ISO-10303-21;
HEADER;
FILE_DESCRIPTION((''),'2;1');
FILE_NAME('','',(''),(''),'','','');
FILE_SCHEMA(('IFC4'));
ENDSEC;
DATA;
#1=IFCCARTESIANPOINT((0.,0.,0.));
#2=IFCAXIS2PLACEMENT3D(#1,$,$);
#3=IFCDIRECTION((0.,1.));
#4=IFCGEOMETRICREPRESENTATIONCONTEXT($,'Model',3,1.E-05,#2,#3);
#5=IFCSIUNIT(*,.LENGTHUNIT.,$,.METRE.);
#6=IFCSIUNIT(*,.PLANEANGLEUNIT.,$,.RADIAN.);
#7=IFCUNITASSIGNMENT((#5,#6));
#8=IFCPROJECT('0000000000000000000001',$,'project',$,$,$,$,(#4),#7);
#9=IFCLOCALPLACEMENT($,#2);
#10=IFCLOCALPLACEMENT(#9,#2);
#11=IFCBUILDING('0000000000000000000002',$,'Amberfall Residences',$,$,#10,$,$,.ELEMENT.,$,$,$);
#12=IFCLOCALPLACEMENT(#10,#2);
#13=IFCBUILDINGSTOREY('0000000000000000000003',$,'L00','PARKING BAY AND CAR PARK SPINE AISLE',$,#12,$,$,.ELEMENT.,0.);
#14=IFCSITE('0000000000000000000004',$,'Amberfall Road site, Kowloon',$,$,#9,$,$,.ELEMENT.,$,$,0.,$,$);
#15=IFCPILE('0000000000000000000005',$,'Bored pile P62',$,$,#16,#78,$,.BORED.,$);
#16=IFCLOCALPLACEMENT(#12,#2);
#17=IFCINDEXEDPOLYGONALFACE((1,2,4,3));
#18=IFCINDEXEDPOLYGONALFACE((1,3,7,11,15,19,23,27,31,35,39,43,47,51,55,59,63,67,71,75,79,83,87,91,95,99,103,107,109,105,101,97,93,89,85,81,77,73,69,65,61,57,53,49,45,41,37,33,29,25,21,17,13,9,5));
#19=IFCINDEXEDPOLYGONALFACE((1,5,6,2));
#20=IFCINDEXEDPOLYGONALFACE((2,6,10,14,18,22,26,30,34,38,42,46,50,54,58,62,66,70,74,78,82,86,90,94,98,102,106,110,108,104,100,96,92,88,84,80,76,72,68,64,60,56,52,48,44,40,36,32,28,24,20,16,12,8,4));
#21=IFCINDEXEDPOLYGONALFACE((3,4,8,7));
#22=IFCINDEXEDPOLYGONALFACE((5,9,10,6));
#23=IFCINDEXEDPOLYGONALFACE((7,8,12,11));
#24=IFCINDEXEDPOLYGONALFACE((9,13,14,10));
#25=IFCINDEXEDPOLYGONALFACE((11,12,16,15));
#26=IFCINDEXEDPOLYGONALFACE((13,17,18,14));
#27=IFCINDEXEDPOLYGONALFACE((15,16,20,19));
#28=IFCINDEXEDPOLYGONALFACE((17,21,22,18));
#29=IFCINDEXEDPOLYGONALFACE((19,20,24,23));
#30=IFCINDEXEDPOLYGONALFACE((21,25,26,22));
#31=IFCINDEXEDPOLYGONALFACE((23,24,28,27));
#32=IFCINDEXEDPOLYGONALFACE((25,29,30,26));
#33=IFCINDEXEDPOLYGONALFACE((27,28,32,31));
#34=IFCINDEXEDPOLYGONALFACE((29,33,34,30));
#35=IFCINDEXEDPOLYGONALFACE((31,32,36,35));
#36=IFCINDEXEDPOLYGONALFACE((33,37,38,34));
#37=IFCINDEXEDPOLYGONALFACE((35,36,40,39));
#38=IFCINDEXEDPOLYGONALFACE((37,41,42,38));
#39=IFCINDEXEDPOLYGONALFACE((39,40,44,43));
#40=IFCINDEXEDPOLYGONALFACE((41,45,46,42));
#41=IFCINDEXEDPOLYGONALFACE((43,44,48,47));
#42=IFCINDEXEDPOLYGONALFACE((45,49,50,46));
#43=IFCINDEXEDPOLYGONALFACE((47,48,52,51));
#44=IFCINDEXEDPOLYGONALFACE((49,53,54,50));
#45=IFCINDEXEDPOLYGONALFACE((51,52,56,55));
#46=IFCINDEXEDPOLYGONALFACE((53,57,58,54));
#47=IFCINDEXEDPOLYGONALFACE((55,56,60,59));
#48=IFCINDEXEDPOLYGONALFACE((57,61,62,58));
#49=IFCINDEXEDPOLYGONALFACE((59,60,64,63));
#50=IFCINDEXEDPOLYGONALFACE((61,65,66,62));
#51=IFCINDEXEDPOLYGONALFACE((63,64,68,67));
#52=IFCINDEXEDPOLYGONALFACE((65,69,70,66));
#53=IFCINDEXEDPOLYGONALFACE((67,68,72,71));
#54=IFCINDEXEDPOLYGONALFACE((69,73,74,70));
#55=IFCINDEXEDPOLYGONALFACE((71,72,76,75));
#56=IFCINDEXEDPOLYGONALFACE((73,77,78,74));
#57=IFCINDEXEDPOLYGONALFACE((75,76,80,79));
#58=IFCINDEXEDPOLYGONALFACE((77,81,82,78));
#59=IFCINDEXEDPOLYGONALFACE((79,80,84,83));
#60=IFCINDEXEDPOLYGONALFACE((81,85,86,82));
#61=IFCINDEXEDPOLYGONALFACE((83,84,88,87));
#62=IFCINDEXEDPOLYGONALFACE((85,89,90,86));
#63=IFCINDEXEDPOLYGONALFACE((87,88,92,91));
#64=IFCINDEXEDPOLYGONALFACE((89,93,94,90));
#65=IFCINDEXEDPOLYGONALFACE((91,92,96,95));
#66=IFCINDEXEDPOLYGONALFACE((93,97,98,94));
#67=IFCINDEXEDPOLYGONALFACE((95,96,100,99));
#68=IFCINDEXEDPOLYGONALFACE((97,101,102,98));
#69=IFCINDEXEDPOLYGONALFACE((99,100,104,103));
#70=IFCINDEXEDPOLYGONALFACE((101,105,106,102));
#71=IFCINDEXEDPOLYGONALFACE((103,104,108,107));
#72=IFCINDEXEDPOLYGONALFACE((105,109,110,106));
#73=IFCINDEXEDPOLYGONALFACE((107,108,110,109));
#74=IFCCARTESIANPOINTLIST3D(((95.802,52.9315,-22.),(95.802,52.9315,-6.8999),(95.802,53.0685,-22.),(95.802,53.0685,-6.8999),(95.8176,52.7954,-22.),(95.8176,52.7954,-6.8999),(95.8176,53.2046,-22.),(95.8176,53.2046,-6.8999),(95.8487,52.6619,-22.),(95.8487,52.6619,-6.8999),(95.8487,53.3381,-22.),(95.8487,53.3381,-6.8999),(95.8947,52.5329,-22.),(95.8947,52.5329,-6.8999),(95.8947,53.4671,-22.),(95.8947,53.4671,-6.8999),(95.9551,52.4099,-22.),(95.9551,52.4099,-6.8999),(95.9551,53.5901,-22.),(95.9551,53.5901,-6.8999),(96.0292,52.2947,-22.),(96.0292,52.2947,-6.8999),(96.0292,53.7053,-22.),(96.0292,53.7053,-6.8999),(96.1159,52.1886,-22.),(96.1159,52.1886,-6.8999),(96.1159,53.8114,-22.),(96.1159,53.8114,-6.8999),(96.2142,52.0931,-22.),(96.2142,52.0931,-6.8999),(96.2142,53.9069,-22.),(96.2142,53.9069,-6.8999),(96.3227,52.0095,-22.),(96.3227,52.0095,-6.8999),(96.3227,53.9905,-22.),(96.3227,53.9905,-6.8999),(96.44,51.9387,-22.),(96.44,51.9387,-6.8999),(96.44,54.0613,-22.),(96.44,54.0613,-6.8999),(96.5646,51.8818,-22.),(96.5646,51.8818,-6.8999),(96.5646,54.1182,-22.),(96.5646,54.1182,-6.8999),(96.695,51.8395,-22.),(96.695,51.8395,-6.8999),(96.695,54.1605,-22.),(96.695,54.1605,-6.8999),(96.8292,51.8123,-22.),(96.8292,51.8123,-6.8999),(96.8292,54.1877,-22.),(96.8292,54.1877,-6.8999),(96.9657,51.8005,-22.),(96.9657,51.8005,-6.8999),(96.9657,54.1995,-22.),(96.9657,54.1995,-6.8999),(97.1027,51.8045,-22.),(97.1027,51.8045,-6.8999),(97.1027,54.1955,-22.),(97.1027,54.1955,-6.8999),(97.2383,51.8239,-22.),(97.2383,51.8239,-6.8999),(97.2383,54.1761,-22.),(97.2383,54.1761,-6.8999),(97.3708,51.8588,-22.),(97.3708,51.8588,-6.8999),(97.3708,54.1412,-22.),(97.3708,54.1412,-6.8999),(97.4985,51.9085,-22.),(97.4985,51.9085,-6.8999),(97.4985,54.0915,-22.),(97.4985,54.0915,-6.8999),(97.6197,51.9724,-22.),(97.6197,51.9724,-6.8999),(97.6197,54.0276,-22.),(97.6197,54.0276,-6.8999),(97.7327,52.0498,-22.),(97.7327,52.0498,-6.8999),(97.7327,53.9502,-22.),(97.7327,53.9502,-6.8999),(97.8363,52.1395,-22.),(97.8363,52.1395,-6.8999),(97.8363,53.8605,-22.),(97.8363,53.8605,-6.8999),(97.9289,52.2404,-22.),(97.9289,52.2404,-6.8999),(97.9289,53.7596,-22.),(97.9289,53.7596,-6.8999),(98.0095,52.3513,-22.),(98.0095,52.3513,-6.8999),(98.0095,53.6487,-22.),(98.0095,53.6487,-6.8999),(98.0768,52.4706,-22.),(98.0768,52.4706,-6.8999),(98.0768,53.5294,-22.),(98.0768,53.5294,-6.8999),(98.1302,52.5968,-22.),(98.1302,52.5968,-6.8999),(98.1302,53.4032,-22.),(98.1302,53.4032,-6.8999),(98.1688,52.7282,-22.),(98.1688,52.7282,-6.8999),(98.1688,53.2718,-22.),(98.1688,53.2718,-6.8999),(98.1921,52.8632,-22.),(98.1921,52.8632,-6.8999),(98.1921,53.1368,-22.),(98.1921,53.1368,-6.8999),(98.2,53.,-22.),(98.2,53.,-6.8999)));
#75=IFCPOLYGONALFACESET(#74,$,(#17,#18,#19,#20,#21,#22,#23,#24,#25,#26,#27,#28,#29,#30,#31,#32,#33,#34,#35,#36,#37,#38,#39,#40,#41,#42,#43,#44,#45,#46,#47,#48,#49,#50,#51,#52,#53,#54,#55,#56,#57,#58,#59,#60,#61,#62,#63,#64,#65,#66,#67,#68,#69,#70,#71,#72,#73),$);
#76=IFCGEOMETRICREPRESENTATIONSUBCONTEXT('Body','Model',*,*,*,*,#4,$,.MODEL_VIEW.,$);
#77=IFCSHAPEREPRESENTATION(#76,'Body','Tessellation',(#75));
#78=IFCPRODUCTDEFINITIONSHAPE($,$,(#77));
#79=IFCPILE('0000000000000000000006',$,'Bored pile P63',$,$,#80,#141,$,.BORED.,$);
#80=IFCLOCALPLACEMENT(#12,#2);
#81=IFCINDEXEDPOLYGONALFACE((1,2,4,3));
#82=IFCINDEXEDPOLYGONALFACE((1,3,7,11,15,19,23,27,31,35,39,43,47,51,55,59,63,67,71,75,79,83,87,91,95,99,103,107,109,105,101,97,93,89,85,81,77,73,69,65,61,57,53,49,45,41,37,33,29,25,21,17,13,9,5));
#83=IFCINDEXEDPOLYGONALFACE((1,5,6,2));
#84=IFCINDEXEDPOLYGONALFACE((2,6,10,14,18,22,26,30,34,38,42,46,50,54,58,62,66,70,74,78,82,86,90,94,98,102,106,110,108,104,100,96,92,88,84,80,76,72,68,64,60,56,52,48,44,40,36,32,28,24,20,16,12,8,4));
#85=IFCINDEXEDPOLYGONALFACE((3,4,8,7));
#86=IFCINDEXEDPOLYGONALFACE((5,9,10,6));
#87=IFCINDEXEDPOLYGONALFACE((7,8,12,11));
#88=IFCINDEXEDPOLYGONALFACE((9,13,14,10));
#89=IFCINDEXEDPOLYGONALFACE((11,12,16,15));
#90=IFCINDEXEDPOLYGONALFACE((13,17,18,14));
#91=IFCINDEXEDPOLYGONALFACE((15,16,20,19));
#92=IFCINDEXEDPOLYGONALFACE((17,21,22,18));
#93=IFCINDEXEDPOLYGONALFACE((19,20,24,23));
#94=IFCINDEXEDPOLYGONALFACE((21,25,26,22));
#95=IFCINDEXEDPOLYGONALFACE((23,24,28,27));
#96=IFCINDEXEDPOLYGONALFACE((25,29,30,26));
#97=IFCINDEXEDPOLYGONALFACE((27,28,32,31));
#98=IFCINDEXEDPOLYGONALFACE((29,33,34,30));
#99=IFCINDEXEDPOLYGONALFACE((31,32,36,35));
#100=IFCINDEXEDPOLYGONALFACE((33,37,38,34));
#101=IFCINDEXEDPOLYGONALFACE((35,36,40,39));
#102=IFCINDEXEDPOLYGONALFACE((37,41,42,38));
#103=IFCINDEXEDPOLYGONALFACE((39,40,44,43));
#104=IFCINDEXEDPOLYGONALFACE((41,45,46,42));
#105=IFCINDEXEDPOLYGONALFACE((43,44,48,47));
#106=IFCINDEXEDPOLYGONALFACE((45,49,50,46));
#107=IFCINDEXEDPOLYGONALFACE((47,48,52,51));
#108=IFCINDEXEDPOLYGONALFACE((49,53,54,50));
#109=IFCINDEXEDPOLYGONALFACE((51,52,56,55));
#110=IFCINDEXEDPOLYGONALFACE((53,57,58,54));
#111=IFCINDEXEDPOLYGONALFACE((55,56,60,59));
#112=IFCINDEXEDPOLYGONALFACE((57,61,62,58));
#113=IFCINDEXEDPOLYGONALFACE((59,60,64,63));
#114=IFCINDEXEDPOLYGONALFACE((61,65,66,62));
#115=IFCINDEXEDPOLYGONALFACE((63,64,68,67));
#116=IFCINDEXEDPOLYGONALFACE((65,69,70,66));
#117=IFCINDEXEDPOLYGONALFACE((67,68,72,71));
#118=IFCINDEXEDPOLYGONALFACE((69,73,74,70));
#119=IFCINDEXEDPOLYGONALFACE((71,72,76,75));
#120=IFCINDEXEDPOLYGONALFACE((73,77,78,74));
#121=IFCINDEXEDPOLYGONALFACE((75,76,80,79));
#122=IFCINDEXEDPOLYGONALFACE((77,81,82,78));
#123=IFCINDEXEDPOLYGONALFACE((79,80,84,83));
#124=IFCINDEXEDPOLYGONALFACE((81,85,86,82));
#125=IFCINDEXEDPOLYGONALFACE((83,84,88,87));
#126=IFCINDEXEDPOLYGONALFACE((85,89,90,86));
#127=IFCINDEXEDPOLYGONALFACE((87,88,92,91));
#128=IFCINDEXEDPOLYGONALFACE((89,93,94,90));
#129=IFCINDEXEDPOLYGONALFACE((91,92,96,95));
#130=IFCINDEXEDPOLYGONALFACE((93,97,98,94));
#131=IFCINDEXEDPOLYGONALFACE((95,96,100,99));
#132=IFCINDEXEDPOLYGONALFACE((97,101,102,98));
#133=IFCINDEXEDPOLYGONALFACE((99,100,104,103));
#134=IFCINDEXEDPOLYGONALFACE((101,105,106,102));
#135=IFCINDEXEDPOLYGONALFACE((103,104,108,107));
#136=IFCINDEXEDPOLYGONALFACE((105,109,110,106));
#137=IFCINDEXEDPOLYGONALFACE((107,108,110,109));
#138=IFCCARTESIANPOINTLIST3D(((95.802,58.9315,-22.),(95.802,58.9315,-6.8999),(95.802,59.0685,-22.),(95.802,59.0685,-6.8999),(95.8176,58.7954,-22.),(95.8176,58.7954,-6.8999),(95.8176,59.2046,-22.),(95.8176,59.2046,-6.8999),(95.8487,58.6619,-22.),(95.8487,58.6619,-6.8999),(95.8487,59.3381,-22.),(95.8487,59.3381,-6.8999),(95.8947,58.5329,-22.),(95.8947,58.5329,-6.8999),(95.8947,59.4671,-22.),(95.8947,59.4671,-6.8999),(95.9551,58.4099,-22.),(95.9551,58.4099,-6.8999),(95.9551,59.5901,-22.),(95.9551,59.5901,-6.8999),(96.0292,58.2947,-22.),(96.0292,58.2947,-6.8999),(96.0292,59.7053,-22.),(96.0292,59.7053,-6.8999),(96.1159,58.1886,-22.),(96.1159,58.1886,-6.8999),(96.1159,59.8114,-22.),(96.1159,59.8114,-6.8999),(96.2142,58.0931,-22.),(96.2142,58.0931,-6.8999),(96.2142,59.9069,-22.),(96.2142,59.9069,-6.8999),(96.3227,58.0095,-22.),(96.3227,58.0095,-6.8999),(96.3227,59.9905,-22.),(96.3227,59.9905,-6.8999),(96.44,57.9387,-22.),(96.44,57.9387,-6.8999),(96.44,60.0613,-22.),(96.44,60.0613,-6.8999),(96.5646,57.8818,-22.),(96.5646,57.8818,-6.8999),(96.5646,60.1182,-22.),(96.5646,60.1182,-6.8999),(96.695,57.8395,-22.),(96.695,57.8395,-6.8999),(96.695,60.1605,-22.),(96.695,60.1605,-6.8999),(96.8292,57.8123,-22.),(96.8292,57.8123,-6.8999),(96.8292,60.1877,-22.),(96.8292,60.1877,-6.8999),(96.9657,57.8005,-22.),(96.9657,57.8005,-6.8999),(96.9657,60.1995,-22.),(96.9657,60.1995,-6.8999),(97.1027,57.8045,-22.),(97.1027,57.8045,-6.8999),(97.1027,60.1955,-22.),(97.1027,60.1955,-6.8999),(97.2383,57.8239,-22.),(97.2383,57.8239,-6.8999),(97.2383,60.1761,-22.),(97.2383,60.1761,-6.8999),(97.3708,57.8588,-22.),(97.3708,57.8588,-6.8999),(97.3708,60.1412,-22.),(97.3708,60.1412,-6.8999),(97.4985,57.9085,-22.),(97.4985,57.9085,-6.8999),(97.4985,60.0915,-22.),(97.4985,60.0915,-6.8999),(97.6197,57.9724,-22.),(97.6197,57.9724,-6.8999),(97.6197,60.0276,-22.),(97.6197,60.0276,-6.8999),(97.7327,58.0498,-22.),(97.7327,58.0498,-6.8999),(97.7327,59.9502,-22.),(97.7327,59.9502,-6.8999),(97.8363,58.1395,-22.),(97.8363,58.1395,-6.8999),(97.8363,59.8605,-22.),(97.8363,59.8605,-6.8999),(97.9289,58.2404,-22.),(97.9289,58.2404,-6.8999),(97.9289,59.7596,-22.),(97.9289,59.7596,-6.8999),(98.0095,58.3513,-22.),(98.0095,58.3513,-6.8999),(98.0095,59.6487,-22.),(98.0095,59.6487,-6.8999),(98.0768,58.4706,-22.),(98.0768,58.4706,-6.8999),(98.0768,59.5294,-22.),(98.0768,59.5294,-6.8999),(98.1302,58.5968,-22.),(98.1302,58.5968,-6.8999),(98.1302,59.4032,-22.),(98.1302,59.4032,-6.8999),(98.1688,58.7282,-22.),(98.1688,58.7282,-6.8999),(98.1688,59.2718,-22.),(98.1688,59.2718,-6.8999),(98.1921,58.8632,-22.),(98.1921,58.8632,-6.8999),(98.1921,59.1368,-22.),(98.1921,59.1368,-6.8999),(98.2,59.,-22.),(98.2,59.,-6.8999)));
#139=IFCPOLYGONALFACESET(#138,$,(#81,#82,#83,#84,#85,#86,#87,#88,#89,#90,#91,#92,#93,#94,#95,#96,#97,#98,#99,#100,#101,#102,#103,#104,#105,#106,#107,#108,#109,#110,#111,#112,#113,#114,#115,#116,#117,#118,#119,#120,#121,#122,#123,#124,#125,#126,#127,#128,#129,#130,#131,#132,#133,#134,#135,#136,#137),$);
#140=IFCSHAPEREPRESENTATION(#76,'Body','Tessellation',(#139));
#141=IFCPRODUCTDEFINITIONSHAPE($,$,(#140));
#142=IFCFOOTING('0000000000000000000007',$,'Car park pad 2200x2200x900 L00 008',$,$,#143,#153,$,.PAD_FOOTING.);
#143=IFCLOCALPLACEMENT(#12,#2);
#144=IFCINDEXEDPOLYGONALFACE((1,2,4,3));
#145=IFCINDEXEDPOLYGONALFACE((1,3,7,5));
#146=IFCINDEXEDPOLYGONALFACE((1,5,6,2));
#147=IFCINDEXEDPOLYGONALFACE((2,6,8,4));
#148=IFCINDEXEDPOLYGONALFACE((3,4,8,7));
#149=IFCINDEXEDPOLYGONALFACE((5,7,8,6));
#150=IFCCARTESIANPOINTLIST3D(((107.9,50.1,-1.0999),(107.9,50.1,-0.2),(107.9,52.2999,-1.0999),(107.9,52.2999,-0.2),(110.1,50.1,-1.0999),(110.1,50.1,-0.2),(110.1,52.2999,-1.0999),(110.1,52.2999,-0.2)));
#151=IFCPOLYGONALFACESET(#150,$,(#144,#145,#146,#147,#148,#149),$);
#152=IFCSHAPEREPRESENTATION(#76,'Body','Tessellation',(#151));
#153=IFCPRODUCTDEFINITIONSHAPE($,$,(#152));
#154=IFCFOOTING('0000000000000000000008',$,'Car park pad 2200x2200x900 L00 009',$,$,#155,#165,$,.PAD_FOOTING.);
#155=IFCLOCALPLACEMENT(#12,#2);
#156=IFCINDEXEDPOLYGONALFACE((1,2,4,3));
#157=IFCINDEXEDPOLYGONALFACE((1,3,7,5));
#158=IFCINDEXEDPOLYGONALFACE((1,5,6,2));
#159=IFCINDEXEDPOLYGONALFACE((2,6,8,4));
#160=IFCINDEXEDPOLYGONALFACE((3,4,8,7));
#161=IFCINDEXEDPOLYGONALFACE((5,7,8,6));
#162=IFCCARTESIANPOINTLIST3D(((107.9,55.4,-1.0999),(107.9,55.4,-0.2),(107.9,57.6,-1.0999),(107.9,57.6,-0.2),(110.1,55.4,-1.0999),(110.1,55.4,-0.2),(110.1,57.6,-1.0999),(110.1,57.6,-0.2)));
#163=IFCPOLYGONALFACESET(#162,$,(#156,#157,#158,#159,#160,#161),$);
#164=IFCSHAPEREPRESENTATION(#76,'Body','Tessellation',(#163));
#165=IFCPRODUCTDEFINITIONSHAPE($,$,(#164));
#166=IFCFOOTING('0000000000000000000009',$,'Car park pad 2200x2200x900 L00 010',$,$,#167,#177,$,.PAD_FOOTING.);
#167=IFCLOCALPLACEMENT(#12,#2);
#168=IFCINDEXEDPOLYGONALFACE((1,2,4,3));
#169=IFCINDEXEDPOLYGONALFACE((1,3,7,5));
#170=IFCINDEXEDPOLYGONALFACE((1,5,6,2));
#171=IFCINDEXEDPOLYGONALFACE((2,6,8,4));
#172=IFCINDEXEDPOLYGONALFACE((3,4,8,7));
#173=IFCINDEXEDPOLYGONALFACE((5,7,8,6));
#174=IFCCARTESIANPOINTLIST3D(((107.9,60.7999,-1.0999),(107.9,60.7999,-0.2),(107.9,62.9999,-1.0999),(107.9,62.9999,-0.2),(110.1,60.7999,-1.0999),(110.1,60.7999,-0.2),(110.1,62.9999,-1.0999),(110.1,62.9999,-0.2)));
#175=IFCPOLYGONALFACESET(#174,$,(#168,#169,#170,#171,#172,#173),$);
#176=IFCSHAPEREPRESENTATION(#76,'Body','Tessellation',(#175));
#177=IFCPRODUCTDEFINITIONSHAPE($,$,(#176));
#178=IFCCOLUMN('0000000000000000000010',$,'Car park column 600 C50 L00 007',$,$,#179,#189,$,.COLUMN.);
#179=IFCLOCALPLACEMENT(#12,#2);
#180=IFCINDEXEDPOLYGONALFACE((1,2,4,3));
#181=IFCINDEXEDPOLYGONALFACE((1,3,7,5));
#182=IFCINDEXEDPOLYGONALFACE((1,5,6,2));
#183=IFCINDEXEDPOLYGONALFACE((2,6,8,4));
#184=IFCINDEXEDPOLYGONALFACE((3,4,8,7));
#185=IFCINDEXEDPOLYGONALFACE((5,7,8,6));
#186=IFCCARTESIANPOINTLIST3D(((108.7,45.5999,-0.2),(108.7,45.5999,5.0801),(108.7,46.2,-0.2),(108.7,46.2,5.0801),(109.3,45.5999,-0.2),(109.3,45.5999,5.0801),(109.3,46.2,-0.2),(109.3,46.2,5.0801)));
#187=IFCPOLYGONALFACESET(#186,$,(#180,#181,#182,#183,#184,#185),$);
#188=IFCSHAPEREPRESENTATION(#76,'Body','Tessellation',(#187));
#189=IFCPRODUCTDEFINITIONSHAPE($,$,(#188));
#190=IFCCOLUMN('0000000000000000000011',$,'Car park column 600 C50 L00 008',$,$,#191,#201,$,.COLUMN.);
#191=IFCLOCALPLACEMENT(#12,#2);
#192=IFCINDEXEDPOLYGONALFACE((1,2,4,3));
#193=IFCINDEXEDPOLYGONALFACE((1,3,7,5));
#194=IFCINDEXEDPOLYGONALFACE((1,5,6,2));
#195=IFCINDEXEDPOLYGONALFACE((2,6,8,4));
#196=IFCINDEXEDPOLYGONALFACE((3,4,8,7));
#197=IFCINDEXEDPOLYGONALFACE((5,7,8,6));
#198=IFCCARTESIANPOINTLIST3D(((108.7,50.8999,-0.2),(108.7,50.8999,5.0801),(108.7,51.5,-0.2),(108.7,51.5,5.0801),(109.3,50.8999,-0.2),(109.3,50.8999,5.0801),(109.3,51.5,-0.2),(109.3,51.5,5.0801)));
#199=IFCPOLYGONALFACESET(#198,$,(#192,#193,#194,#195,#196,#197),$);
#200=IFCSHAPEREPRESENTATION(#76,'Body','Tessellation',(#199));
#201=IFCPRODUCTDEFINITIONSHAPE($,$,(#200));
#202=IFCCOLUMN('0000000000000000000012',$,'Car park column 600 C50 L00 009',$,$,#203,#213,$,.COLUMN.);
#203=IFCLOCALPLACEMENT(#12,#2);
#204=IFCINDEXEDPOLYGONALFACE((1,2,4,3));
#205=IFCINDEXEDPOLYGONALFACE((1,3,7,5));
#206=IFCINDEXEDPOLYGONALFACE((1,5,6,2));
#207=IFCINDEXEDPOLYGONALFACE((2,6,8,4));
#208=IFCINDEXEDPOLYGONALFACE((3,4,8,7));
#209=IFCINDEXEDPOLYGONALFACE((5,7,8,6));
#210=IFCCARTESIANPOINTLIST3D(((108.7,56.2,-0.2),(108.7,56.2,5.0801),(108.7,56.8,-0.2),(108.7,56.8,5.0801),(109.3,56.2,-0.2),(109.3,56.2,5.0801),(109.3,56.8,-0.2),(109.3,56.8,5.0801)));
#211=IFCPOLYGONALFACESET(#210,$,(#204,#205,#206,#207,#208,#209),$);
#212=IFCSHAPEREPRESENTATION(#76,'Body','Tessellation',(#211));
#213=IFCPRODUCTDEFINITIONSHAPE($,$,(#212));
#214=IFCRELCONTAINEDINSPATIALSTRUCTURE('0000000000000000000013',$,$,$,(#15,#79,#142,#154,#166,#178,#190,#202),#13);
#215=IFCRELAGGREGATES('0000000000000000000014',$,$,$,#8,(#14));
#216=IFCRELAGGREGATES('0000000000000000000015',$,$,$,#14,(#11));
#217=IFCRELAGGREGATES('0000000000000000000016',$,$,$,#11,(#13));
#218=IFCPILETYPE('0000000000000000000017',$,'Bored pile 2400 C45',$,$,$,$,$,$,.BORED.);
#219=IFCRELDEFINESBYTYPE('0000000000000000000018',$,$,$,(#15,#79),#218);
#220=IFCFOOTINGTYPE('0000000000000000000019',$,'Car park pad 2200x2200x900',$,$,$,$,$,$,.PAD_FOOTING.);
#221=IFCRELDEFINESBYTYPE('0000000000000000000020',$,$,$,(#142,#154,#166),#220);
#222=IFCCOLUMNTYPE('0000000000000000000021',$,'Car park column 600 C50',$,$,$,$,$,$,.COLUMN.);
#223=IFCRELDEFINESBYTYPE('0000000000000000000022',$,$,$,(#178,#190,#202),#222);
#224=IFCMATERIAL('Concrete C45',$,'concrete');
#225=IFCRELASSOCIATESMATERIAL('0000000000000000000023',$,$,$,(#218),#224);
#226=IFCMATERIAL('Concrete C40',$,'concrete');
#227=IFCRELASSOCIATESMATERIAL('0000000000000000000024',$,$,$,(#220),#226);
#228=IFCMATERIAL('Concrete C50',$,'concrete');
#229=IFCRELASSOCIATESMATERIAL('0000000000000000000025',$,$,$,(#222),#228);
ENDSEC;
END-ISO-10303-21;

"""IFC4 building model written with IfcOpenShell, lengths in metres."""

from ifc_helpers import new_model, si_unit, direction, frame, origin, origin_2d, place, context, subcontext, project, spatial, rectangle, circle, extrude, material, material_profile, profile_set, type_object, element, save


model = new_model("IFC4")

# Units and contexts
model_context = context("Model", 3, precision=1e-05, world=origin(), true_north=direction((0.0, 1.0)))
body_context = subcontext(model_context, "Body", "Model", "MODEL_VIEW")
ifc_project = project(units=[si_unit("LENGTHUNIT", "METRE"), si_unit("PLANEANGLEUNIT", "RADIAN")], contexts=[model_context])

# Site, building, storey
site_placement = place(None, origin())
site = spatial("IfcSite", under=ifc_project, at=site_placement, Name="Amberfall Road site, Kowloon", CompositionType="ELEMENT", RefElevation=0.0)
building_placement = place(site_placement, origin())
building = spatial("IfcBuilding", under=site, at=building_placement, Name="Amberfall Residences", CompositionType="ELEMENT")
storey_placement = place(building_placement, origin())
storey = spatial("IfcBuildingStorey", under=building, at=storey_placement, Name="L00", Description="PARKING BAY AND CAR PARK SPINE AISLE", CompositionType="ELEMENT", Elevation=0.0)

# Piles
ifc_material_1 = material(Name="Concrete C45", Category="concrete")
ifc_material_profile_1 = material_profile(ifc_material_1, circle(Radius=1.2, at=origin_2d()), Name="Bored pile 2400 C45")
ifc_profile_set_1 = profile_set([ifc_material_profile_1], Name="Concrete C45")
pile_type = type_object("IfcPileType", Name="Bored pile 2400 C45", PredefinedType="BORED", material=ifc_profile_set_1)
for number, where, z_axis, x_axis, name in (
    (1, (97.0, 53.0, -6.8999), (0.0, 0.0, -1.0), (1.0, 0.0, 0.0), "Bored pile P62"),
    (2, (97.0, 59.0, -6.8999), (0.0, 0.0, -1.0), (1.0, 0.0, 0.0), "Bored pile P63"),
):
    element("IfcPile", number, at=place(storey_placement, frame(where, z_axis=z_axis, x_axis=x_axis)), inside=storey, type_object=pile_type, Name=name, PredefinedType="BORED", context=body_context, shape_type="SweptSolid", body=[
        extrude(circle(Radius=1.2, at=origin_2d()), origin(), (0.0, 0.0, 1.0), 15.1001),
    ])

# Footings
ifc_material_2 = material(Name="Concrete C40", Category="concrete")
footing_type = type_object("IfcFootingType", Name="Car park pad 2200x2200x900", PredefinedType="PAD_FOOTING", material=ifc_material_2)
for number, where, z_axis, x_axis, name in (
    (3, (109.0, 51.2, -1.0999), (0.0, 0.0, 1.0), (1.0, 0.0, 0.0), "Car park pad 2200x2200x900 L00 008"),
    (4, (109.0, 56.5, -1.0999), (0.0, 0.0, 1.0), (1.0, 0.0, 0.0), "Car park pad 2200x2200x900 L00 009"),
    (5, (109.0, 61.8999, -1.0999), (0.0, 0.0, 1.0), (1.0, 0.0, 0.0), "Car park pad 2200x2200x900 L00 010"),
):
    element("IfcFooting", number, at=place(storey_placement, frame(where, z_axis=z_axis, x_axis=x_axis)), inside=storey, type_object=footing_type, Name=name, PredefinedType="PAD_FOOTING", context=body_context, shape_type="SweptSolid", body=[
        extrude(rectangle(XDim=2.2, YDim=2.2, at=origin_2d()), origin(), (0.0, 0.0, 1.0), 0.8999),
    ])

# Columns
ifc_material_3 = material(Name="Concrete C50", Category="concrete")
ifc_material_profile_2 = material_profile(ifc_material_3, rectangle(XDim=0.6001, YDim=0.6001, at=origin_2d()), Name="RC 600x600")
ifc_profile_set_2 = profile_set([ifc_material_profile_2], Name="Concrete C50")
column_type_1 = type_object("IfcColumnType", Name="Car park column 600 C50", PredefinedType="COLUMN", material=ifc_profile_set_2)
for number, where, z_axis, x_axis, name in (
    (6, (109.0, 45.8999, -0.2), (0.0, 0.0, 1.0), (1.0, 0.0, 0.0), "Car park column 600 C50 L00 007"),
    (7, (109.0, 51.2, -0.2), (0.0, 0.0, 1.0), (1.0, 0.0, 0.0), "Car park column 600 C50 L00 008"),
    (8, (109.0, 56.5, -0.2), (0.0, 0.0, 1.0), (1.0, 0.0, 0.0), "Car park column 600 C50 L00 009"),
):
    element("IfcColumn", number, at=place(storey_placement, frame(where, z_axis=z_axis, x_axis=x_axis)), inside=storey, type_object=column_type_1, Name=name, PredefinedType="COLUMN", context=body_context, shape_type="SweptSolid", body=[
        extrude(rectangle(XDim=0.6001, YDim=0.6001, at=origin_2d()), origin(), (0.0, 0.0, 1.0), 5.28),
    ])

save(model, "model.ifc")
